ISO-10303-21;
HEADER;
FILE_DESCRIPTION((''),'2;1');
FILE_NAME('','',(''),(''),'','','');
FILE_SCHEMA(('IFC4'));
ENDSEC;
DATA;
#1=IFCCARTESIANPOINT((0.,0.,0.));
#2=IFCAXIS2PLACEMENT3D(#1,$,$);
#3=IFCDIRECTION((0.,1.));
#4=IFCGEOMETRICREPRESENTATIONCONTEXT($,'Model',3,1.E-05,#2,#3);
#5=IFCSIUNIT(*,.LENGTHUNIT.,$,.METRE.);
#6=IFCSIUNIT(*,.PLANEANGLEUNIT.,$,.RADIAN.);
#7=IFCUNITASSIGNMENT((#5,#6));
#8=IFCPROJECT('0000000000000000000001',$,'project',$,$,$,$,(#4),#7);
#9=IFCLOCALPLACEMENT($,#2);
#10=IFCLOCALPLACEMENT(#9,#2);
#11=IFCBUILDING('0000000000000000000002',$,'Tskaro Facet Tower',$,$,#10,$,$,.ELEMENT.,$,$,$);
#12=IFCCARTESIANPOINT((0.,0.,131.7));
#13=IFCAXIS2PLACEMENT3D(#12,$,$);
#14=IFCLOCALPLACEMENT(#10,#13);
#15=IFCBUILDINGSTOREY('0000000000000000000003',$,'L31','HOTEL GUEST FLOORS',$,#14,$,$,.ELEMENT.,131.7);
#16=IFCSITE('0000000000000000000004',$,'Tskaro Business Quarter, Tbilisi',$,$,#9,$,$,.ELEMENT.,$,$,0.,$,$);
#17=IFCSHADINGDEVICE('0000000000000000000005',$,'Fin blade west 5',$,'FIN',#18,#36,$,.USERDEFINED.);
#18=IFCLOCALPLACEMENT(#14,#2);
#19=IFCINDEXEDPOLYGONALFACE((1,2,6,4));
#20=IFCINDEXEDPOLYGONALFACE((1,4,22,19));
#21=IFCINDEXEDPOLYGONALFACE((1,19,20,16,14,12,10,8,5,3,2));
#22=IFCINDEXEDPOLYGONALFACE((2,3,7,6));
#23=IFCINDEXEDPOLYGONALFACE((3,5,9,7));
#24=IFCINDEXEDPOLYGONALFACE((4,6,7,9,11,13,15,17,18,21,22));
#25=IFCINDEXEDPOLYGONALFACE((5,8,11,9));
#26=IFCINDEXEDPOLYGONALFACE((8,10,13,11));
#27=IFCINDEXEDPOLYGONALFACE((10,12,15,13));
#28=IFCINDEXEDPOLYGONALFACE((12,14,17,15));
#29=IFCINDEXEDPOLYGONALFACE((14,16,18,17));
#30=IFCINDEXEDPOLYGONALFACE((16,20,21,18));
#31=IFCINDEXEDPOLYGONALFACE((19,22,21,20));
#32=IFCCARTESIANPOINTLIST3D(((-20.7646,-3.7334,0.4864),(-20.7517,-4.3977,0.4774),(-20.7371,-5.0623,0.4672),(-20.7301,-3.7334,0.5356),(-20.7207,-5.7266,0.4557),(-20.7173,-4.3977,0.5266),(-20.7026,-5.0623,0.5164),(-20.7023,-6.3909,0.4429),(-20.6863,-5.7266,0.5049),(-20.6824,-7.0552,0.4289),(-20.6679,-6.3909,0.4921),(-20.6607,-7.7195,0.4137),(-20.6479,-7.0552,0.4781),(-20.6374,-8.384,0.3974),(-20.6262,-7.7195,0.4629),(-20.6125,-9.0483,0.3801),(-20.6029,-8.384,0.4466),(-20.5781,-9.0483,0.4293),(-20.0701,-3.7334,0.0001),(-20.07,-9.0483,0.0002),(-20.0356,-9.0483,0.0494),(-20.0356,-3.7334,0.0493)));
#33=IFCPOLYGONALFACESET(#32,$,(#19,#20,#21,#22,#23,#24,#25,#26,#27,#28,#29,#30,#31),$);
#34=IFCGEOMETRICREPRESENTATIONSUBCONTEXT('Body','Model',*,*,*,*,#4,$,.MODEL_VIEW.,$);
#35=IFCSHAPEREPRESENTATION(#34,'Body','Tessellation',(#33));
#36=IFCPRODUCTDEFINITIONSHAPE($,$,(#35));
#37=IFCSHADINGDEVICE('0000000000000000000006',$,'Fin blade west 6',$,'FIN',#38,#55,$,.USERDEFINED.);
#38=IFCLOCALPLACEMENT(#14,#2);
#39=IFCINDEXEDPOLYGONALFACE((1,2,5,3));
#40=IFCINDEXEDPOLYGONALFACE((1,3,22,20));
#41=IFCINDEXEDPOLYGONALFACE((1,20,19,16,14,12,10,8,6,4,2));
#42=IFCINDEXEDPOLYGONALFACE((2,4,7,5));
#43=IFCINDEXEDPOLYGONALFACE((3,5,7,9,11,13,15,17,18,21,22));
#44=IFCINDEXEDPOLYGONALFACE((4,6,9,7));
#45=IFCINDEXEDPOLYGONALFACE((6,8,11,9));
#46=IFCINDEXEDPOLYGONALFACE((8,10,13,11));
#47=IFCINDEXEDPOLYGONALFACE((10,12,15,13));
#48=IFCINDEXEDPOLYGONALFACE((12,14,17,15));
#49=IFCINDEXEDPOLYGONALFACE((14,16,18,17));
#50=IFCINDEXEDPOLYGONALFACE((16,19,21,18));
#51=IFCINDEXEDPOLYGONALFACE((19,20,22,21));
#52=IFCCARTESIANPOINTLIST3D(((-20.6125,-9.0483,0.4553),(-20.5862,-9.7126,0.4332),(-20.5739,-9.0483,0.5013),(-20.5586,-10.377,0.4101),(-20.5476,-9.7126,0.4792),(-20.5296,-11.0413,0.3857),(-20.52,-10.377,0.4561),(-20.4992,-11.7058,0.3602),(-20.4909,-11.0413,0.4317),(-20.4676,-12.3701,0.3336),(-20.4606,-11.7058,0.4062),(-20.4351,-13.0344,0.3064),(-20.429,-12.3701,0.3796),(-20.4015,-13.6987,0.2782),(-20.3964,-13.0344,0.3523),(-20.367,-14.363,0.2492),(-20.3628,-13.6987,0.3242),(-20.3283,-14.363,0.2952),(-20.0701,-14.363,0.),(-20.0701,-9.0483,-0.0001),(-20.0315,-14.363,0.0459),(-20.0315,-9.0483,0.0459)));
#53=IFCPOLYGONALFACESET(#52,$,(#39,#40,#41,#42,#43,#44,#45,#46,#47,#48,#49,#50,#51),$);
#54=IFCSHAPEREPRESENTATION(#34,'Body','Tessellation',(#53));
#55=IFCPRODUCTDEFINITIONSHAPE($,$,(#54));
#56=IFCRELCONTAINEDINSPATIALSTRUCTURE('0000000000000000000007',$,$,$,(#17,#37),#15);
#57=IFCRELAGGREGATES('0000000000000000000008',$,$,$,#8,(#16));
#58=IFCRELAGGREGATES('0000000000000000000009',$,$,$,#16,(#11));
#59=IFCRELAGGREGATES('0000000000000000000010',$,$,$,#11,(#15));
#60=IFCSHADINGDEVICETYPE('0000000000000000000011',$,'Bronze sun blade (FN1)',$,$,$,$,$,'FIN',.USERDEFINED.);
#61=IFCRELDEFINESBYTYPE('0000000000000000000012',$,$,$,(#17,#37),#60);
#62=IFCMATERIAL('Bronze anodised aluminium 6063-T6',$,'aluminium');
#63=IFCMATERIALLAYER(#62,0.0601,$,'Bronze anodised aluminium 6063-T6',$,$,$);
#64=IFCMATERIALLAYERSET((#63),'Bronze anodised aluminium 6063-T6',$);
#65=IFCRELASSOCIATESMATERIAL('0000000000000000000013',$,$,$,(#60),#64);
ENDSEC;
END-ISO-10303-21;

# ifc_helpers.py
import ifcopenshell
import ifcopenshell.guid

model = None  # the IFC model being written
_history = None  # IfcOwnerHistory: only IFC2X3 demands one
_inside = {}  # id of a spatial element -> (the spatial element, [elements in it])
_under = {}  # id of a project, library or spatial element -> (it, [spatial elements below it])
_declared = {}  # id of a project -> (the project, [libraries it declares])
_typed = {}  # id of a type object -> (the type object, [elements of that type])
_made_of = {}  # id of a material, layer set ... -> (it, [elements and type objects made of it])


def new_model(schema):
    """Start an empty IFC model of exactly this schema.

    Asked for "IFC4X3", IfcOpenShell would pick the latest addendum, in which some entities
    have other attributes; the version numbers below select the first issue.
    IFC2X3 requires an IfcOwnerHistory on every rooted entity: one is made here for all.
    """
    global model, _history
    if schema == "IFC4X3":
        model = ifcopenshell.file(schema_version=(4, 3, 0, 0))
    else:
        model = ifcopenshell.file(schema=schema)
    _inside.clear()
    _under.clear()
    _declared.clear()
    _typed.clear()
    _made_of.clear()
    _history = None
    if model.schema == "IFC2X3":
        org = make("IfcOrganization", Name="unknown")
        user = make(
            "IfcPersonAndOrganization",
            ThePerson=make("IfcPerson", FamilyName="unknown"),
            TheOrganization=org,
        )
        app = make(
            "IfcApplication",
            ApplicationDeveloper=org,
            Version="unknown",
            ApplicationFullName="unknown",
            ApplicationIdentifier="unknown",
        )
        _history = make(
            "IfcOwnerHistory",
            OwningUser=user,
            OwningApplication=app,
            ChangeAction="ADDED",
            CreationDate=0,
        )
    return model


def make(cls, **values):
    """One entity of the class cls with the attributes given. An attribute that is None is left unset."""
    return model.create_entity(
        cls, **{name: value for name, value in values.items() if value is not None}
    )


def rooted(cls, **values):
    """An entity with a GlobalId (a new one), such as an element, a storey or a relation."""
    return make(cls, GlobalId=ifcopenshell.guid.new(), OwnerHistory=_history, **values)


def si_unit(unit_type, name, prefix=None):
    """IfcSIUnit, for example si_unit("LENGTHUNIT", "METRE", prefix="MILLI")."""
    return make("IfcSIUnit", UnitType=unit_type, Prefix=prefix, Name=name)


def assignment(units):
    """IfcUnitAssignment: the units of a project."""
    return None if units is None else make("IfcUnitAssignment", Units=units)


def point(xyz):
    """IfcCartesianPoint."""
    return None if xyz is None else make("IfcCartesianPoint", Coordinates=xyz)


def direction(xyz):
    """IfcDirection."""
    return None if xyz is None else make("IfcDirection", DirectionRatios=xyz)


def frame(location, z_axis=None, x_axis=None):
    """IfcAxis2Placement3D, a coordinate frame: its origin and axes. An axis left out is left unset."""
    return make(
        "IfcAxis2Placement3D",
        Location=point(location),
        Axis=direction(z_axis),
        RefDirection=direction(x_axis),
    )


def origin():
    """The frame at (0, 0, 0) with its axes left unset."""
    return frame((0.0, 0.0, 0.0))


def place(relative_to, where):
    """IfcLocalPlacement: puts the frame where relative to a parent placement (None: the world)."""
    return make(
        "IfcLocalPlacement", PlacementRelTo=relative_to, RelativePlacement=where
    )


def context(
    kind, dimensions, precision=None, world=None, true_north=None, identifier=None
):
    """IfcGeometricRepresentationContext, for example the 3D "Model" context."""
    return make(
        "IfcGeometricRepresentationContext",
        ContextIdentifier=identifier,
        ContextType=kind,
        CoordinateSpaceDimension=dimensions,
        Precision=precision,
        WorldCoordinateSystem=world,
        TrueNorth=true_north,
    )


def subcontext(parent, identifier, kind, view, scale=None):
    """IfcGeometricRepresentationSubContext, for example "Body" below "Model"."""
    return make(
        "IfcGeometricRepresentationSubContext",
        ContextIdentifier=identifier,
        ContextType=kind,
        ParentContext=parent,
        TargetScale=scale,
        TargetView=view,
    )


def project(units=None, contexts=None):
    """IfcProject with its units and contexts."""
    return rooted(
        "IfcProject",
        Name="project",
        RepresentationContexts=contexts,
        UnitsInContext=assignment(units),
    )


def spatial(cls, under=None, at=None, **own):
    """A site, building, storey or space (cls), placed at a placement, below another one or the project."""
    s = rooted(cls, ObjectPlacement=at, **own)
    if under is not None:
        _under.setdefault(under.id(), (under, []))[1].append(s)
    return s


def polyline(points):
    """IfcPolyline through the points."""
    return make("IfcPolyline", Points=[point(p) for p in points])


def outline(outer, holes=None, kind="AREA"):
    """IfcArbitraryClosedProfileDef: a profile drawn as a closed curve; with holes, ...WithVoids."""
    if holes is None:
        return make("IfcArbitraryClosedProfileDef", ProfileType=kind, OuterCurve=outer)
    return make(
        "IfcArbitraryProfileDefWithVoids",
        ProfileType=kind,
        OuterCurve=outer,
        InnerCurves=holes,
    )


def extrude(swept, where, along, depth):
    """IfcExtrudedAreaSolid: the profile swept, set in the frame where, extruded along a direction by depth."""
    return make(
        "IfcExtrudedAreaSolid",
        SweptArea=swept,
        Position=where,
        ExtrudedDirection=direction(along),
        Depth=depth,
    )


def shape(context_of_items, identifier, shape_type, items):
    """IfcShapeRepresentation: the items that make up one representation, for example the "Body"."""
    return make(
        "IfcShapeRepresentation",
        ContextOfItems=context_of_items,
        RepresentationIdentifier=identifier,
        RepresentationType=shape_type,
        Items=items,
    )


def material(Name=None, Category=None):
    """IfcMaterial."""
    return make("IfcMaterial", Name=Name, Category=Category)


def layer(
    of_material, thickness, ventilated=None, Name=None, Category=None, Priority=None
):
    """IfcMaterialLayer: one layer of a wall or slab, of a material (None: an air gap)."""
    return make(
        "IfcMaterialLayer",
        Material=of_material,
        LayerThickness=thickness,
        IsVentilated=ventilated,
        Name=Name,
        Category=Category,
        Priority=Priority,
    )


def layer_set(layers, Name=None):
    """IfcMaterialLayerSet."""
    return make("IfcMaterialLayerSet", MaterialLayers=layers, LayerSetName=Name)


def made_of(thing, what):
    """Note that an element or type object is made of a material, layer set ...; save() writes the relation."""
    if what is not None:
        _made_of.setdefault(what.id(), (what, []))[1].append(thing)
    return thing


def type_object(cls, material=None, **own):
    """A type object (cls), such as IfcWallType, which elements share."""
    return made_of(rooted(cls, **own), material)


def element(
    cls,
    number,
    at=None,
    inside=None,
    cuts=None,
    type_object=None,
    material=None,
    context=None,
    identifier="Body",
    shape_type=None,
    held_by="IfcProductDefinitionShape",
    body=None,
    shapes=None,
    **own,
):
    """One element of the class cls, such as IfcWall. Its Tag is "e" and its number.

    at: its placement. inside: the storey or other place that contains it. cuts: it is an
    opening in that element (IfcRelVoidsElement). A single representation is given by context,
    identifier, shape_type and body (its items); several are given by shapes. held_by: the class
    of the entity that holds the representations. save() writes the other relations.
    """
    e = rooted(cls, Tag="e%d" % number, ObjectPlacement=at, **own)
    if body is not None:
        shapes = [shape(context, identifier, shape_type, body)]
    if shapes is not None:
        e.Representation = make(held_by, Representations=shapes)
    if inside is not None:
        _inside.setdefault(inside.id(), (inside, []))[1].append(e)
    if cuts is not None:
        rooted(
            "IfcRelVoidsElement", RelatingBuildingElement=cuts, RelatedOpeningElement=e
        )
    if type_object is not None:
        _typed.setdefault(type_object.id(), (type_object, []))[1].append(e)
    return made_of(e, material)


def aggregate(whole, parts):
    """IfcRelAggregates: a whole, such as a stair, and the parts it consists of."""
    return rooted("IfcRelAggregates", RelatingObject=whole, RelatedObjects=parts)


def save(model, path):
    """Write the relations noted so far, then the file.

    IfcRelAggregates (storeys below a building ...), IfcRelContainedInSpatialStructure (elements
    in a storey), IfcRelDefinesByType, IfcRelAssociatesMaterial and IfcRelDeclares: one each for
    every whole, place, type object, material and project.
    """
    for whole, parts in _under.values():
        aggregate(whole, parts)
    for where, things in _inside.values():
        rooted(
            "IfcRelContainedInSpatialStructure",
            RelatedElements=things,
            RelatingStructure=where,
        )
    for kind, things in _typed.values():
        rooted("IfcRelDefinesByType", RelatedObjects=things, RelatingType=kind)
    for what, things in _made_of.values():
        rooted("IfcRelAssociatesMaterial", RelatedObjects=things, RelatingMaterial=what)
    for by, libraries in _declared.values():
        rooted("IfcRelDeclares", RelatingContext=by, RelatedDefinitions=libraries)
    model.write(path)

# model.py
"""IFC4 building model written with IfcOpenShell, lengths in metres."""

from ifc_helpers import new_model, si_unit, direction, frame, origin, place, context, subcontext, project, spatial, polyline, outline, extrude, material, layer, layer_set, type_object, element, save


model = new_model("IFC4")

# Units and contexts
model_context = context("Model", 3, precision=1e-05, world=origin(), true_north=direction((0.0, 1.0)))
body_context = subcontext(model_context, "Body", "Model", "MODEL_VIEW")
ifc_project = project(units=[si_unit("LENGTHUNIT", "METRE"), si_unit("PLANEANGLEUNIT", "RADIAN")], contexts=[model_context])

# Site, building, storey
site_placement = place(None, origin())
site = spatial("IfcSite", under=ifc_project, at=site_placement, Name="Tskaro Business Quarter, Tbilisi", CompositionType="ELEMENT", RefElevation=0.0)
building_placement = place(site_placement, origin())
building = spatial("IfcBuilding", under=site, at=building_placement, Name="Tskaro Facet Tower", CompositionType="ELEMENT")
storey_placement = place(building_placement, frame((0.0, 0.0, 131.7)))
storey = spatial("IfcBuildingStorey", under=building, at=storey_placement, Name="L31", Description="HOTEL GUEST FLOORS", CompositionType="ELEMENT", Elevation=131.7)

# Shared definitions
ifc_material_1 = material(Name="Bronze anodised aluminium 6063-T6", Category="aluminium")

# Shading devices
ifc_layer_1 = layer(ifc_material_1, 0.0601, Name="Bronze anodised aluminium 6063-T6")
ifc_layer_set_1 = layer_set([ifc_layer_1], Name="Bronze anodised aluminium 6063-T6")
shading_device_type = type_object("IfcShadingDeviceType", Name="Bronze sun blade (FN1)", ElementType="FIN", PredefinedType="USERDEFINED", material=ifc_layer_set_1)
shading_device_1_placement = place(storey_placement, frame((-20.0356, -3.7334, 0.0493), z_axis=(0.573544, 0.000024, 0.819175), x_axis=(0.000014, -1.0, 0.000019)))
element("IfcShadingDevice", 1, at=shading_device_1_placement, inside=storey, type_object=shading_device_type, Name="Fin blade west 5", ObjectType="FIN", PredefinedType="USERDEFINED", context=body_context, shape_type="SweptSolid", body=[
    extrude(outline(polyline([(0.0, 0.0), (5.3149, 0.0), (5.3149, -0.6623), (4.6506, -0.6926), (3.9861, -0.721), (3.3218, -0.7475), (2.6575, -0.7719), (1.9932, -0.7943), (1.3289, -0.8143), (0.6643, -0.8321), (0.0, -0.8478), (0.0, 0.0)])), origin(), (0.0, 0.0, -1.0), 0.0601),
])
shading_device_2_placement = place(storey_placement, frame((-20.0315, -9.0483, 0.0459), z_axis=(0.642987, 0.000012, 0.765877), x_axis=(0.000008, -1.0, 0.000009)))
element("IfcShadingDevice", 2, at=shading_device_2_placement, inside=storey, type_object=shading_device_type, Name="Fin blade west 6", ObjectType="FIN", PredefinedType="USERDEFINED", context=body_context, shape_type="SweptSolid", body=[
    extrude(outline(polyline([(0.0, 0.0), (5.3147, 0.0), (5.3147, -0.3876), (4.6504, -0.4327), (3.9861, -0.4765), (3.3218, -0.519), (2.6575, -0.5603), (1.9929, -0.5999), (1.3286, -0.6379), (0.6643, -0.6739), (0.0, -0.7082), (0.0, 0.0)])), origin(), (0.0, 0.0, -1.0), 0.0601),
])

save(model, "model.ifc")
